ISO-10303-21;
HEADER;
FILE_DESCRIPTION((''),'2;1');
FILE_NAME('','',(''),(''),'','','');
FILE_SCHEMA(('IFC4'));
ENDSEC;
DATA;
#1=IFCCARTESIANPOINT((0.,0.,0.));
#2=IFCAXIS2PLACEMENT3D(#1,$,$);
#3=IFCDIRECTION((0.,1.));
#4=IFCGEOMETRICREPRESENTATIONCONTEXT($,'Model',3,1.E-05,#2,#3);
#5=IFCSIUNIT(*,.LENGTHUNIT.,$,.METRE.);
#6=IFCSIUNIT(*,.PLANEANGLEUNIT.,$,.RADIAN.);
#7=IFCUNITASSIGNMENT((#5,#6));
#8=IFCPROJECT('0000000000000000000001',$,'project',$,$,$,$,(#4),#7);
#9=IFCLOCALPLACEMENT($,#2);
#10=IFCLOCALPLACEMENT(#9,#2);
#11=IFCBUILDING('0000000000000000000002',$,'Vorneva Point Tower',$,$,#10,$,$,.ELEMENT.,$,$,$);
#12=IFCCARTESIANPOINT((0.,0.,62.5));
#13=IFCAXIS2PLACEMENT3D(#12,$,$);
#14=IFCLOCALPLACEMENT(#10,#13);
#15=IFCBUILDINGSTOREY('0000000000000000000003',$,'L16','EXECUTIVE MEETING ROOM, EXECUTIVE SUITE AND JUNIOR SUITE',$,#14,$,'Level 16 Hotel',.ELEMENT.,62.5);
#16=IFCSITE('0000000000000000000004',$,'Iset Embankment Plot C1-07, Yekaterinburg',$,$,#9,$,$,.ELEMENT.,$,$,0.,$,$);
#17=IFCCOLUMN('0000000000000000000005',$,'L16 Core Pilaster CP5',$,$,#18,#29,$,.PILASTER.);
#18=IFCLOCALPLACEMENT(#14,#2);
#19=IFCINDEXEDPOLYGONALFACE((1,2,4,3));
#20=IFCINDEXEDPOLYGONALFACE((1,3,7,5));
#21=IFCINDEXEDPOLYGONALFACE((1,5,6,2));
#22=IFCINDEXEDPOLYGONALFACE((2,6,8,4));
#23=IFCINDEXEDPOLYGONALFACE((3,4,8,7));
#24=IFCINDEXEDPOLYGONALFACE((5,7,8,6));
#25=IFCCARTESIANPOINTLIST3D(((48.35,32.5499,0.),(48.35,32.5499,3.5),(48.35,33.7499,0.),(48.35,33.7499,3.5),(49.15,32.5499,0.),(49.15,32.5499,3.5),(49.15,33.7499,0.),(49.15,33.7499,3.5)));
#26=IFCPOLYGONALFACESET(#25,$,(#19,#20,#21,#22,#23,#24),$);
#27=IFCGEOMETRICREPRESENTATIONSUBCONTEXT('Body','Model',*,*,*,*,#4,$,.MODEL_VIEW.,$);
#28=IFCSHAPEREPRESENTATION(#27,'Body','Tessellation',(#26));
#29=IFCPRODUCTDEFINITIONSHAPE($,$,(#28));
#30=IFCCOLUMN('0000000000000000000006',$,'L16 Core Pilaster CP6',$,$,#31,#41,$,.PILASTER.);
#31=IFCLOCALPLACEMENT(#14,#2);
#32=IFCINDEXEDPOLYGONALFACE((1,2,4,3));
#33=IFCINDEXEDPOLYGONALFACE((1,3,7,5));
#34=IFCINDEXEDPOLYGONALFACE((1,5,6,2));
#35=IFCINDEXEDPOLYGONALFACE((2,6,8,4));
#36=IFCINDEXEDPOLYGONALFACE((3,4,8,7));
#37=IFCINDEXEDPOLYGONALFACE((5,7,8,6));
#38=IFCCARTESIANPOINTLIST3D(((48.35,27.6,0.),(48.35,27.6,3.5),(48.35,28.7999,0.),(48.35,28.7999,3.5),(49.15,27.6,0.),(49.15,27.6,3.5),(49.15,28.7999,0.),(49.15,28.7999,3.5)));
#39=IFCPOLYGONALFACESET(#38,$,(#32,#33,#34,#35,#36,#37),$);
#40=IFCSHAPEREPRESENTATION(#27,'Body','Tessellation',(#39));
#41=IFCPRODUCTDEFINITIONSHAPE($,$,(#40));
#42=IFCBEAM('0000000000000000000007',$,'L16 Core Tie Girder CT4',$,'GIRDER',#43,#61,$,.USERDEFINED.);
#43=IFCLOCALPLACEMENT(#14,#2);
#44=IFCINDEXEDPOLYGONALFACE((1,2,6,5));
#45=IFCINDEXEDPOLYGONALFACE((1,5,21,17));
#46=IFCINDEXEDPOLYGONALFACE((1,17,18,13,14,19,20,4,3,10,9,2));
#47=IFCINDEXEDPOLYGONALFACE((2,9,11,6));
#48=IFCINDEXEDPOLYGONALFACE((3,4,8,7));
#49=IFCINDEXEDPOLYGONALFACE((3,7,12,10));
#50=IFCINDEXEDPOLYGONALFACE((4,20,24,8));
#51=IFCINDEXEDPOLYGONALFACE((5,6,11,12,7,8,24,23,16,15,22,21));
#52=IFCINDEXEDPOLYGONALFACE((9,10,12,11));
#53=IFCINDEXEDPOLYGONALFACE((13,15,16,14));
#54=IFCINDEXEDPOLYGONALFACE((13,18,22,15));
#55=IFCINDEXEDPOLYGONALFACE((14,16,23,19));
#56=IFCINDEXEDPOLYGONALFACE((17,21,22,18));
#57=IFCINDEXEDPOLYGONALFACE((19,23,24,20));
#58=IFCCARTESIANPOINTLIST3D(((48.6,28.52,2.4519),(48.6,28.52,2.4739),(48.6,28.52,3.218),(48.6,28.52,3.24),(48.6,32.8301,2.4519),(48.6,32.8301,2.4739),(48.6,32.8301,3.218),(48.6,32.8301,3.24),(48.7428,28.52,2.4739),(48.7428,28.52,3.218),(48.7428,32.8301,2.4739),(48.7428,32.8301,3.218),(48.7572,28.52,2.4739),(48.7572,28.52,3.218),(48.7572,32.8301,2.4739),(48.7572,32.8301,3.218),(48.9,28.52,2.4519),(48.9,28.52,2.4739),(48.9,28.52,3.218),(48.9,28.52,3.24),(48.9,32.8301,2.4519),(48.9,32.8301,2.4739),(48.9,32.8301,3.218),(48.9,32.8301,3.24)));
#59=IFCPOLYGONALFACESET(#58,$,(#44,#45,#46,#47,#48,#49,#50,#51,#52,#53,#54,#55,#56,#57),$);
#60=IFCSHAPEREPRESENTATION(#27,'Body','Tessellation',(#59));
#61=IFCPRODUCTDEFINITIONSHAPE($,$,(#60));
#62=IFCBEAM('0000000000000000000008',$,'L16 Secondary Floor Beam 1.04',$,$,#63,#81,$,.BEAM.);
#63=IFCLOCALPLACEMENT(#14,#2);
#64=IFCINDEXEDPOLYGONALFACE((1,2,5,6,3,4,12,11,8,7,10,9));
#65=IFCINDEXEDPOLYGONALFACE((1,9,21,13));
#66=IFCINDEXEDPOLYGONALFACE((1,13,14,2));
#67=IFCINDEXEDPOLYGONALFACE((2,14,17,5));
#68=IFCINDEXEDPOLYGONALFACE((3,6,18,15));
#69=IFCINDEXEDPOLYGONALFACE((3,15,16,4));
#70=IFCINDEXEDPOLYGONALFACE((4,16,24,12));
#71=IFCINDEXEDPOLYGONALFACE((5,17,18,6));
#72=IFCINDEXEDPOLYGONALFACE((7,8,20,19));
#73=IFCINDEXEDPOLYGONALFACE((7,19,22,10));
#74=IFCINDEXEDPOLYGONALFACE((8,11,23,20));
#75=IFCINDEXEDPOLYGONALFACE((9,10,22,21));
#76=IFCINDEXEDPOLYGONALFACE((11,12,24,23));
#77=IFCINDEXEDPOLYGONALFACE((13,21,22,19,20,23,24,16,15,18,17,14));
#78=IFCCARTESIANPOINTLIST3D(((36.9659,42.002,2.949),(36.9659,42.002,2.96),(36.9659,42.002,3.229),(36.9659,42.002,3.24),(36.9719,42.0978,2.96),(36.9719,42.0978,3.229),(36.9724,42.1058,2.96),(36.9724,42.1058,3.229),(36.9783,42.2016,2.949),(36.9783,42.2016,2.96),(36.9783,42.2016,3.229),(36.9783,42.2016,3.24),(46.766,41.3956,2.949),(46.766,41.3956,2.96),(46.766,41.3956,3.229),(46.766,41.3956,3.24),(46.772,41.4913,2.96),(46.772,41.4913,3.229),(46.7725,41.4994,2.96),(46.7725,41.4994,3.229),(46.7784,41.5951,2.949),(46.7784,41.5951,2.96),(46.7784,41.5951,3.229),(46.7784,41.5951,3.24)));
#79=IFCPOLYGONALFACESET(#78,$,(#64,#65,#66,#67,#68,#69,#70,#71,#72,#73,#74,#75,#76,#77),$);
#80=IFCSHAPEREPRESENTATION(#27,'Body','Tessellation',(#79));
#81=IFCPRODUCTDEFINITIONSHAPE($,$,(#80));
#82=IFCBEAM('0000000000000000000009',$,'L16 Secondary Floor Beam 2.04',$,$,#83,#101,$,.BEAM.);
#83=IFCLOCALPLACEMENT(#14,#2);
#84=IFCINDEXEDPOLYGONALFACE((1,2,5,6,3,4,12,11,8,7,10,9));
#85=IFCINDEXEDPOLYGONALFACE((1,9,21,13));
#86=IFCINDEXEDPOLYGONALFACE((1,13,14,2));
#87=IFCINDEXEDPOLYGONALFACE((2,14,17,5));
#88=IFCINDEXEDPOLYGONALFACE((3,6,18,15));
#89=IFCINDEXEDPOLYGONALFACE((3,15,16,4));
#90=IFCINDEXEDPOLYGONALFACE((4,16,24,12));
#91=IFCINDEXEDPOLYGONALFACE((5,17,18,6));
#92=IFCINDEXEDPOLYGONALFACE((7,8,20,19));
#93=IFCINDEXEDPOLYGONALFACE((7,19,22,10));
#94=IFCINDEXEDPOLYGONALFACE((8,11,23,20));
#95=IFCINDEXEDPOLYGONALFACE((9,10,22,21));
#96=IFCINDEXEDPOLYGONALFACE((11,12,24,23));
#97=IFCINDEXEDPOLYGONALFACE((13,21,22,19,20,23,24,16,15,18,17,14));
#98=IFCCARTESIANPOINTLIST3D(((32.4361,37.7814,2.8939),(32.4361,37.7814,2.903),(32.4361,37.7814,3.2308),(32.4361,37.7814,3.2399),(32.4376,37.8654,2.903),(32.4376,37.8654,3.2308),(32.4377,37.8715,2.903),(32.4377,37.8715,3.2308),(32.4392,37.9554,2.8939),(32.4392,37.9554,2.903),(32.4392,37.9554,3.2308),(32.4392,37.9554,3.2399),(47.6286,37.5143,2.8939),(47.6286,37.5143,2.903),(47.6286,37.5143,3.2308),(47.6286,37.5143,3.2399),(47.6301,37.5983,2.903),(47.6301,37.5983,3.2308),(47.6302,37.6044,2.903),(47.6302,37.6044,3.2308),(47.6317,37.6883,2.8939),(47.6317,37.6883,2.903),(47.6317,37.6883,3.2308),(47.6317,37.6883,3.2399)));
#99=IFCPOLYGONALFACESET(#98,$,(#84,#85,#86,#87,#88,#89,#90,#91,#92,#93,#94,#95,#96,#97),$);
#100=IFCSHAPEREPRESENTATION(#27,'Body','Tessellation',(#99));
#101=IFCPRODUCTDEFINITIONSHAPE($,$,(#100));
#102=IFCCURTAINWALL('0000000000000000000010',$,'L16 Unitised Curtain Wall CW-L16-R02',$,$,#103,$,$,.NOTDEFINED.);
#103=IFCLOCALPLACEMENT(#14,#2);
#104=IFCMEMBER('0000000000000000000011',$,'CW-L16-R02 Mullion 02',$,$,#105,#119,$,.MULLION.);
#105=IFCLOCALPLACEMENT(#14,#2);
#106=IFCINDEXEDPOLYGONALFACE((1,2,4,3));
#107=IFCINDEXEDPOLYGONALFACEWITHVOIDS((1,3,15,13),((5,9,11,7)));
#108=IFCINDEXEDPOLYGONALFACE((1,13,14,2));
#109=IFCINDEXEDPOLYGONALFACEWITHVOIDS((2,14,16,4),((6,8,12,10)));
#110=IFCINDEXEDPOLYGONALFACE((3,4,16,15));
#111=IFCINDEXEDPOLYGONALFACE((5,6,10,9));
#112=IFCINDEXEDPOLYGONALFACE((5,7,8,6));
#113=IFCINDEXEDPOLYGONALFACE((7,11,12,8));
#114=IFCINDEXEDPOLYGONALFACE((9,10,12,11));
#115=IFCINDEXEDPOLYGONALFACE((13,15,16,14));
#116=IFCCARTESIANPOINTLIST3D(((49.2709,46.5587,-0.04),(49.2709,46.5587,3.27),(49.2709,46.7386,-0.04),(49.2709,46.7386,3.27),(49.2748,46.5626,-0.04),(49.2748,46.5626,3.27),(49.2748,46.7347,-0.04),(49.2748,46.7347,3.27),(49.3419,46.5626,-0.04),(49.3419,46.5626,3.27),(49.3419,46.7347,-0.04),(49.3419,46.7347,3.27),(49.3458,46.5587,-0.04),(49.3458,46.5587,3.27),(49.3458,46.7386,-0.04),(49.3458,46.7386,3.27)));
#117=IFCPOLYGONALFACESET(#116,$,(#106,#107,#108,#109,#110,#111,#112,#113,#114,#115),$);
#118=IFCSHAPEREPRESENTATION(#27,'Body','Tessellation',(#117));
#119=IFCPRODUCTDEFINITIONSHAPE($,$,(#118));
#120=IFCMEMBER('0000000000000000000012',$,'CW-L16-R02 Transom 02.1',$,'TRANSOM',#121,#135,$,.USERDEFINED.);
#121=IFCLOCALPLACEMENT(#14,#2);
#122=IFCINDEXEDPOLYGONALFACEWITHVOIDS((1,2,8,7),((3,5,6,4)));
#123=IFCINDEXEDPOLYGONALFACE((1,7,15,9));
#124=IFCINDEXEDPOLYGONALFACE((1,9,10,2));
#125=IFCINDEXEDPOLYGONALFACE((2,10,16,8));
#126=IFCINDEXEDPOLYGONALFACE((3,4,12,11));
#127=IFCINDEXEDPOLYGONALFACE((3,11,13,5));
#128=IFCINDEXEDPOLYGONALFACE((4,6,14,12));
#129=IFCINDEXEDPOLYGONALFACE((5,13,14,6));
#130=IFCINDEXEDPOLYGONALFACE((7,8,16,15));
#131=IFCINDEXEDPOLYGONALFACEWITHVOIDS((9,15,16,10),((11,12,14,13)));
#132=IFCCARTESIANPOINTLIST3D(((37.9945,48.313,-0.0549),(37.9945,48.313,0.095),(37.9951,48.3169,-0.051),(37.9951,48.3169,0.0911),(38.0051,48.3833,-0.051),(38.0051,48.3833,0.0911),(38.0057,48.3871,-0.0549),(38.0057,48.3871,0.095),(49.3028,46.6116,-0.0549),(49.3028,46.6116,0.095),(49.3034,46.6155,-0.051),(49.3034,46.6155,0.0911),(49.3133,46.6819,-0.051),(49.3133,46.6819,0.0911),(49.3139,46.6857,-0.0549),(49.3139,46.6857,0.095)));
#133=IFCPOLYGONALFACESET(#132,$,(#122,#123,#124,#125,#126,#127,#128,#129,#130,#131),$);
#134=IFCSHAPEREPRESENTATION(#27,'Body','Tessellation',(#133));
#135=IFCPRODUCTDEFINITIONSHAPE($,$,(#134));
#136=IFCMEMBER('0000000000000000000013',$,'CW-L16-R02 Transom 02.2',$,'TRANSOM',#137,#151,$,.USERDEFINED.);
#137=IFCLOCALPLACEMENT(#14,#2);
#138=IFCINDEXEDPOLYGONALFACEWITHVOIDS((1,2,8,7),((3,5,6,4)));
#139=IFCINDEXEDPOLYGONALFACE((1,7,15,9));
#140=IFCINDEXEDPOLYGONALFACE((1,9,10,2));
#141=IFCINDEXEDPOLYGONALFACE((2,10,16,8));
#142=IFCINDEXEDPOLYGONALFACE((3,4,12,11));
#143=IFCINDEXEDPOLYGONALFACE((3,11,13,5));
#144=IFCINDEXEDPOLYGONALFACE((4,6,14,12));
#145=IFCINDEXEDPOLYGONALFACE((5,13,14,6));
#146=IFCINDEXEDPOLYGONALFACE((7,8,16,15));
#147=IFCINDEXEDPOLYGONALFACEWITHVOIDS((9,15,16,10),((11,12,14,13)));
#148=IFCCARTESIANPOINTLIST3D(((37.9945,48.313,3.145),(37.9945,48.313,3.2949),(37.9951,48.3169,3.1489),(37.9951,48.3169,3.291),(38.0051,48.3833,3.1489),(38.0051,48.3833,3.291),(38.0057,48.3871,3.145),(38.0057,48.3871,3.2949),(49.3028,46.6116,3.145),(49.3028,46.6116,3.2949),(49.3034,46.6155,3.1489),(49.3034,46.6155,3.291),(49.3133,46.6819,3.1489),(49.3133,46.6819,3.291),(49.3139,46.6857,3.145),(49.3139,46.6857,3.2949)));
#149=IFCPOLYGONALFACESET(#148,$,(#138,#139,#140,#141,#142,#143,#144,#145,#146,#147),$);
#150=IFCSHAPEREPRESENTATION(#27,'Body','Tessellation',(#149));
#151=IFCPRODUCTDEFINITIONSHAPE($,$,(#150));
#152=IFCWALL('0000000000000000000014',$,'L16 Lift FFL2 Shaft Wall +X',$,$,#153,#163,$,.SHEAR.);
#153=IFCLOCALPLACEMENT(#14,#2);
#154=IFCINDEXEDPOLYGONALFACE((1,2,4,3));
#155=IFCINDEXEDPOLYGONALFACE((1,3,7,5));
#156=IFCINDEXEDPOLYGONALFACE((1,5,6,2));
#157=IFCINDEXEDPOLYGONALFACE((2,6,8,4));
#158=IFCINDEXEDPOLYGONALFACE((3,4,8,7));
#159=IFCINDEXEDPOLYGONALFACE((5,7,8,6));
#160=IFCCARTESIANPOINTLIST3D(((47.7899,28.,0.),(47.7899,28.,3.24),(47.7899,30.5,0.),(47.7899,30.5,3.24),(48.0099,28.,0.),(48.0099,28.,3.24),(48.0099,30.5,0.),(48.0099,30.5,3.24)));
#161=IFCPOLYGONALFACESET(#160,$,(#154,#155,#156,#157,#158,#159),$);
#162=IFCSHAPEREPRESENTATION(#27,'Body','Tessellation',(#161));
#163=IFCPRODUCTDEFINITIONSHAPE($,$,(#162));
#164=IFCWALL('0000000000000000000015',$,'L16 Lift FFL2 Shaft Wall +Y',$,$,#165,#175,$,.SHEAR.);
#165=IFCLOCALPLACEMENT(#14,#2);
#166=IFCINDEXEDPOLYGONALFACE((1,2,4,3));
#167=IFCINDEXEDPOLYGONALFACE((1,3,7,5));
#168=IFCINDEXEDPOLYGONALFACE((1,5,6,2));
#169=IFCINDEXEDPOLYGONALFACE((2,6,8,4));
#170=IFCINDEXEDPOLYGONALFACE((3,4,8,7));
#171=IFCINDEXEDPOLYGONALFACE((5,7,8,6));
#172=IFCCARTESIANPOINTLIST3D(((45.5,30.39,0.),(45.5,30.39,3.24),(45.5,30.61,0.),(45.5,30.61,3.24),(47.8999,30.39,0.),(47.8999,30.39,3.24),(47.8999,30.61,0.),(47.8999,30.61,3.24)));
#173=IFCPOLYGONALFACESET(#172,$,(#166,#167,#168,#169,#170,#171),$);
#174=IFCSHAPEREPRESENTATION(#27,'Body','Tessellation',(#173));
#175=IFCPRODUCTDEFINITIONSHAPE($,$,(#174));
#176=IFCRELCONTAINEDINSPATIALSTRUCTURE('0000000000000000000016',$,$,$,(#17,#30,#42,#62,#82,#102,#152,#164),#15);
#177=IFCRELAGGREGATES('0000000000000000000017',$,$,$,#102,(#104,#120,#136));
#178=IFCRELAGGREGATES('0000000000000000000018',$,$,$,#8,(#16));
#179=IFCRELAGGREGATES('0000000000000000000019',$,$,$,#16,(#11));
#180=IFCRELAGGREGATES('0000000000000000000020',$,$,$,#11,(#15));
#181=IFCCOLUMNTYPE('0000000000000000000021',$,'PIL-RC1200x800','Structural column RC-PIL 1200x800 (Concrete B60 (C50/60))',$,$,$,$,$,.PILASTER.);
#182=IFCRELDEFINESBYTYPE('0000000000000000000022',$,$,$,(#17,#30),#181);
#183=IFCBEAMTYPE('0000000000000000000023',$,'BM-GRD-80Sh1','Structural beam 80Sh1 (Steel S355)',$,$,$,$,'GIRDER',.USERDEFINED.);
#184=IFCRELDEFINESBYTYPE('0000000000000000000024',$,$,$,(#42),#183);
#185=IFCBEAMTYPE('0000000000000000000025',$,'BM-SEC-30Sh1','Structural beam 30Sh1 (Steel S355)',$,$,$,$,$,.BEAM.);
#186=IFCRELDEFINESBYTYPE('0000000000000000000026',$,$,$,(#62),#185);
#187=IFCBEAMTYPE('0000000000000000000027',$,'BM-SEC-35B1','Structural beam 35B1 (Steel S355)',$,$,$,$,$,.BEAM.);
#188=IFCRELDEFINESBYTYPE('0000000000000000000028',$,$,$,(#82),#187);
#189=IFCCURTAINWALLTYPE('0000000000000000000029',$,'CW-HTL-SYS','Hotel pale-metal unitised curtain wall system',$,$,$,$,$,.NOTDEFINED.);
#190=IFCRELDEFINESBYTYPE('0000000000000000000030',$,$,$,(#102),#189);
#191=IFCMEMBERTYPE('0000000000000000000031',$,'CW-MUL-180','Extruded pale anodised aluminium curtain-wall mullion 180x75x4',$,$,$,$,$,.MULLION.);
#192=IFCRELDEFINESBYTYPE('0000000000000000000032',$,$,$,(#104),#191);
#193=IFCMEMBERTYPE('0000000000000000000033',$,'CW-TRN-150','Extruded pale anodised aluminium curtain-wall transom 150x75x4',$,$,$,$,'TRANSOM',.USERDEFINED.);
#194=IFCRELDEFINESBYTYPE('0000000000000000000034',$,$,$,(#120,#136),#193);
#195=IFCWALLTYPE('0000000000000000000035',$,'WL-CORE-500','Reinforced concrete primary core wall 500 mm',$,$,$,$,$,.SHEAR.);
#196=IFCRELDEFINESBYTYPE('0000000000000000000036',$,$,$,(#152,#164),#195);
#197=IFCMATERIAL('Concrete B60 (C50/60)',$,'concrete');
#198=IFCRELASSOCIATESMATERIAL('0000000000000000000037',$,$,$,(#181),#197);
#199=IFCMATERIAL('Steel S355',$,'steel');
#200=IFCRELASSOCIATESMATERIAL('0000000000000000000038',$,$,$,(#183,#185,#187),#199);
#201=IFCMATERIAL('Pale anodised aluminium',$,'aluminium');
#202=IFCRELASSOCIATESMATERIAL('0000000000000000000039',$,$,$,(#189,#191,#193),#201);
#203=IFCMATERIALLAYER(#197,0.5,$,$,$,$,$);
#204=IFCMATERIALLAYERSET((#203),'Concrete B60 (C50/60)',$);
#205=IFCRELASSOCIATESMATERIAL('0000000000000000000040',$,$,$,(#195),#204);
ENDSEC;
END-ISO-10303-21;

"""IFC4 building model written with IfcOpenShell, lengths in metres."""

from ifc_helpers import new_model, si_unit, direction, frame, frame_2d, origin, origin_2d, place, context, subcontext, project, spatial, rectangle, hollow_rectangle, i_section, extrude, material, layer, layer_set, material_profile, profile_set, type_object, element, aggregate, save


model = new_model("IFC4")

# Units and contexts
model_context = context("Model", 3, precision=1e-05, world=origin(), true_north=direction((0.0, 1.0)))
body_context = subcontext(model_context, "Body", "Model", "MODEL_VIEW")
ifc_project = project(units=[si_unit("LENGTHUNIT", "METRE"), si_unit("PLANEANGLEUNIT", "RADIAN")], contexts=[model_context])

# Site, building, storey
site_placement = place(None, origin())
site = spatial("IfcSite", under=ifc_project, at=site_placement, Name="Iset Embankment Plot C1-07, Yekaterinburg", CompositionType="ELEMENT", RefElevation=0.0)
building_placement = place(site_placement, origin())
building = spatial("IfcBuilding", under=site, at=building_placement, Name="Vorneva Point Tower", CompositionType="ELEMENT")
storey_placement = place(building_placement, frame((0.0, 0.0, 62.5)))
storey = spatial("IfcBuildingStorey", under=building, at=storey_placement, Name="L16", Description="EXECUTIVE MEETING ROOM, EXECUTIVE SUITE AND JUNIOR SUITE", LongName="Level 16 Hotel", CompositionType="ELEMENT", Elevation=62.5)

# Columns
ifc_material_1 = material(Name="Concrete B60 (C50/60)", Category="concrete")
ifc_material_profile_1 = material_profile(ifc_material_1, rectangle(XDim=0.8, YDim=1.2, at=origin_2d()), Name="RC-PIL 1200x800")
ifc_profile_set_1 = profile_set([ifc_material_profile_1], Name="Concrete B60 (C50/60)")
column_type_1 = type_object("IfcColumnType", Name="PIL-RC1200x800", Description="Structural column RC-PIL 1200x800 (Concrete B60 (C50/60))", PredefinedType="PILASTER", material=ifc_profile_set_1)
for number, where, z_axis, x_axis, name in (
    (1, (48.75, 33.1499, 0.0), (0.0, 0.0, 1.0), (1.0, 0.0, 0.0), "L16 Core Pilaster CP5"),
    (2, (48.75, 28.2, 0.0), (0.0, 0.0, 1.0), (1.0, 0.0, 0.0), "L16 Core Pilaster CP6"),
):
    element("IfcColumn", number, at=place(storey_placement, frame(where, z_axis=z_axis, x_axis=x_axis)), inside=storey, type_object=column_type_1, Name=name, PredefinedType="PILASTER", context=body_context, shape_type="SweptSolid", body=[
        extrude(rectangle(XDim=0.8, YDim=1.2, at=origin_2d()), origin(), (0.0, 0.0, 1.0), 3.5),
    ])

# Beams
ifc_material_2 = material(Name="Steel S355", Category="steel")
ifc_material_profile_2 = material_profile(ifc_material_2, i_section(OverallWidth=0.3, OverallDepth=0.7881, WebThickness=0.0144, FlangeThickness=0.022, at=origin_2d()), Name="80Sh1")
ifc_profile_set_2 = profile_set([ifc_material_profile_2], Name="Steel S355")
beam_type_1 = type_object("IfcBeamType", Name="BM-GRD-80Sh1", Description="Structural beam 80Sh1 (Steel S355)", ElementType="GIRDER", PredefinedType="USERDEFINED", material=ifc_profile_set_2)
beam_1_placement = place(storey_placement, frame((48.75, 28.52, 2.8459), z_axis=(0.0, 1.0, 0.0), x_axis=(-1.0, 0.0, 0.0)))
element("IfcBeam", 3, at=beam_1_placement, inside=storey, type_object=beam_type_1, Name="L16 Core Tie Girder CT4", ObjectType="GIRDER", PredefinedType="USERDEFINED", context=body_context, shape_type="SweptSolid", body=[
    extrude(i_section(OverallWidth=0.3, OverallDepth=0.7881, WebThickness=0.0144, FlangeThickness=0.022, at=origin_2d()), origin(), (0.0, 0.0, 1.0), 4.3101),
])
ifc_material_profile_3 = material_profile(ifc_material_2, i_section(OverallWidth=0.2, OverallDepth=0.291, WebThickness=0.0081, FlangeThickness=0.011, at=origin_2d()), Name="30Sh1")
ifc_profile_set_3 = profile_set([ifc_material_profile_3], Name="Steel S355")
beam_type_2 = type_object("IfcBeamType", Name="BM-SEC-30Sh1", Description="Structural beam 30Sh1 (Steel S355)", PredefinedType="BEAM", material=ifc_profile_set_3)
beam_2_placement = place(storey_placement, frame((46.7722, 41.4954, 3.0945), z_axis=(-0.998091, 0.061764, 0.0), x_axis=(-0.061764, -0.998091, 0.0)))
element("IfcBeam", 4, at=beam_2_placement, inside=storey, type_object=beam_type_2, Name="L16 Secondary Floor Beam 1.04", PredefinedType="BEAM", context=body_context, shape_type="SweptSolid", body=[
    extrude(i_section(OverallWidth=0.2, OverallDepth=0.291, WebThickness=0.0081, FlangeThickness=0.011, at=origin_2d()), origin(), (0.0, 0.0, 1.0), 9.8188),
])
ifc_material_profile_4 = material_profile(ifc_material_2, i_section(OverallWidth=0.1741, OverallDepth=0.3459, WebThickness=0.0061, FlangeThickness=0.009, at=origin_2d()), Name="35B1")
ifc_profile_set_4 = profile_set([ifc_material_profile_4], Name="Steel S355")
beam_type_3 = type_object("IfcBeamType", Name="BM-SEC-35B1", Description="Structural beam 35B1 (Steel S355)", PredefinedType="BEAM", material=ifc_profile_set_4)
beam_3_placement = place(storey_placement, frame((47.6301, 37.6013, 3.0669), z_axis=(-0.999845, 0.017578, 0.0), x_axis=(-0.017578, -0.999845, 0.0)))
element("IfcBeam", 5, at=beam_3_placement, inside=storey, type_object=beam_type_3, Name="L16 Secondary Floor Beam 2.04", PredefinedType="BEAM", context=body_context, shape_type="SweptSolid", body=[
    extrude(i_section(OverallWidth=0.1741, OverallDepth=0.3459, WebThickness=0.0061, FlangeThickness=0.009, at=origin_2d()), origin(), (0.0, 0.0, 1.0), 15.1948),
])

# Curtain wall, members
ifc_material_3 = material(Name="Pale anodised aluminium", Category="aluminium")
curtain_wall_type = type_object("IfcCurtainWallType", Name="CW-HTL-SYS", Description="Hotel pale-metal unitised curtain wall system", PredefinedType="NOTDEFINED", material=ifc_material_3)
curtain_wall_placement = place(storey_placement, origin())
curtain_wall = element("IfcCurtainWall", 6, at=curtain_wall_placement, inside=storey, type_object=curtain_wall_type, Name="L16 Unitised Curtain Wall CW-L16-R02", PredefinedType="NOTDEFINED")
ifc_material_profile_5 = material_profile(ifc_material_3, hollow_rectangle(XDim=0.075, YDim=0.1799, WallThickness=0.0039, at=origin_2d()), Name="AL-MUL 180x75x4")
ifc_profile_set_5 = profile_set([ifc_material_profile_5], Name="Pale anodised aluminium")
member_type_1 = type_object("IfcMemberType", Name="CW-MUL-180", Description="Extruded pale anodised aluminium curtain-wall mullion 180x75x4", PredefinedType="MULLION", material=ifc_profile_set_5)
member_1_placement = place(storey_placement, frame((49.3083, 46.6487, -0.04), z_axis=(0.0, 0.0, 1.0), x_axis=(1.0, 0.0, 0.0)))
member_1 = element("IfcMember", 7, at=member_1_placement, type_object=member_type_1, Name="CW-L16-R02 Mullion 02", PredefinedType="MULLION", context=body_context, shape_type="SweptSolid", body=[
    extrude(hollow_rectangle(XDim=0.075, YDim=0.1799, WallThickness=0.0039, at=origin_2d()), origin(), (0.0, 0.0, 1.0), 3.3101),
])
ifc_material_profile_6 = material_profile(ifc_material_3, hollow_rectangle(XDim=0.075, YDim=0.1499, WallThickness=0.0039, at=origin_2d()), Name="AL-TRN 150x75x4")
ifc_profile_set_6 = profile_set([ifc_material_profile_6], Name="Pale anodised aluminium")
member_type_2 = type_object("IfcMemberType", Name="CW-TRN-150", Description="Extruded pale anodised aluminium curtain-wall transom 150x75x4", ElementType="TRANSOM", PredefinedType="USERDEFINED", material=ifc_profile_set_6)
member_2_placement = place(storey_placement, frame((49.3083, 46.6487, 0.02), z_axis=(-0.98887, 0.148782, 0.0), x_axis=(-0.148782, -0.98887, 0.0)))
member_2 = element("IfcMember", 8, at=member_2_placement, type_object=member_type_2, Name="CW-L16-R02 Transom 02.1", ObjectType="TRANSOM", PredefinedType="USERDEFINED", context=body_context, shape_type="SweptSolid", body=[
    extrude(hollow_rectangle(XDim=0.075, YDim=0.1499, WallThickness=0.0039, at=origin_2d()), origin(), (0.0, 0.0, 1.0), 11.4355),
])
member_3_placement = place(storey_placement, frame((49.3083, 46.6487, 3.22), z_axis=(-0.98887, 0.148782, 0.0), x_axis=(-0.148782, -0.98887, 0.0)))
member_3 = element("IfcMember", 9, at=member_3_placement, type_object=member_type_2, Name="CW-L16-R02 Transom 02.2", ObjectType="TRANSOM", PredefinedType="USERDEFINED", context=body_context, shape_type="SweptSolid", body=[
    extrude(hollow_rectangle(XDim=0.075, YDim=0.1499, WallThickness=0.0039, at=origin_2d()), origin(), (0.0, 0.0, 1.0), 11.4355),
])
aggregate(curtain_wall, [member_1, member_2, member_3])

# Walls
ifc_layer_1 = layer(ifc_material_1, 0.5)
ifc_layer_set_1 = layer_set([ifc_layer_1], Name="Concrete B60 (C50/60)")
wall_type_1 = type_object("IfcWallType", Name="WL-CORE-500", Description="Reinforced concrete primary core wall 500 mm", PredefinedType="SHEAR", material=ifc_layer_set_1)
wall_1_placement = place(storey_placement, frame((47.8999, 28.0, 0.0), z_axis=(0.0, 0.0, 1.0), x_axis=(0.0, 1.0, 0.0)))
element("IfcWall", 10, at=wall_1_placement, inside=storey, type_object=wall_type_1, Name="L16 Lift FFL2 Shaft Wall +X", PredefinedType="SHEAR", context=body_context, shape_type="SweptSolid", body=[
    extrude(rectangle(XDim=2.5, YDim=0.22, at=frame_2d((1.25, 0.0))), origin(), (0.0, 0.0, 1.0), 3.24),
])
wall_2_placement = place(storey_placement, frame((47.8999, 30.5, 0.0), z_axis=(0.0, 0.0, 1.0), x_axis=(-1.0, 0.0, 0.0)))
element("IfcWall", 11, at=wall_2_placement, inside=storey, type_object=wall_type_1, Name="L16 Lift FFL2 Shaft Wall +Y", PredefinedType="SHEAR", context=body_context, shape_type="SweptSolid", body=[
    extrude(rectangle(XDim=2.3999, YDim=0.22, at=frame_2d((1.2, 0.0))), origin(), (0.0, 0.0, 1.0), 3.24),
])

save(model, "model.ifc")
